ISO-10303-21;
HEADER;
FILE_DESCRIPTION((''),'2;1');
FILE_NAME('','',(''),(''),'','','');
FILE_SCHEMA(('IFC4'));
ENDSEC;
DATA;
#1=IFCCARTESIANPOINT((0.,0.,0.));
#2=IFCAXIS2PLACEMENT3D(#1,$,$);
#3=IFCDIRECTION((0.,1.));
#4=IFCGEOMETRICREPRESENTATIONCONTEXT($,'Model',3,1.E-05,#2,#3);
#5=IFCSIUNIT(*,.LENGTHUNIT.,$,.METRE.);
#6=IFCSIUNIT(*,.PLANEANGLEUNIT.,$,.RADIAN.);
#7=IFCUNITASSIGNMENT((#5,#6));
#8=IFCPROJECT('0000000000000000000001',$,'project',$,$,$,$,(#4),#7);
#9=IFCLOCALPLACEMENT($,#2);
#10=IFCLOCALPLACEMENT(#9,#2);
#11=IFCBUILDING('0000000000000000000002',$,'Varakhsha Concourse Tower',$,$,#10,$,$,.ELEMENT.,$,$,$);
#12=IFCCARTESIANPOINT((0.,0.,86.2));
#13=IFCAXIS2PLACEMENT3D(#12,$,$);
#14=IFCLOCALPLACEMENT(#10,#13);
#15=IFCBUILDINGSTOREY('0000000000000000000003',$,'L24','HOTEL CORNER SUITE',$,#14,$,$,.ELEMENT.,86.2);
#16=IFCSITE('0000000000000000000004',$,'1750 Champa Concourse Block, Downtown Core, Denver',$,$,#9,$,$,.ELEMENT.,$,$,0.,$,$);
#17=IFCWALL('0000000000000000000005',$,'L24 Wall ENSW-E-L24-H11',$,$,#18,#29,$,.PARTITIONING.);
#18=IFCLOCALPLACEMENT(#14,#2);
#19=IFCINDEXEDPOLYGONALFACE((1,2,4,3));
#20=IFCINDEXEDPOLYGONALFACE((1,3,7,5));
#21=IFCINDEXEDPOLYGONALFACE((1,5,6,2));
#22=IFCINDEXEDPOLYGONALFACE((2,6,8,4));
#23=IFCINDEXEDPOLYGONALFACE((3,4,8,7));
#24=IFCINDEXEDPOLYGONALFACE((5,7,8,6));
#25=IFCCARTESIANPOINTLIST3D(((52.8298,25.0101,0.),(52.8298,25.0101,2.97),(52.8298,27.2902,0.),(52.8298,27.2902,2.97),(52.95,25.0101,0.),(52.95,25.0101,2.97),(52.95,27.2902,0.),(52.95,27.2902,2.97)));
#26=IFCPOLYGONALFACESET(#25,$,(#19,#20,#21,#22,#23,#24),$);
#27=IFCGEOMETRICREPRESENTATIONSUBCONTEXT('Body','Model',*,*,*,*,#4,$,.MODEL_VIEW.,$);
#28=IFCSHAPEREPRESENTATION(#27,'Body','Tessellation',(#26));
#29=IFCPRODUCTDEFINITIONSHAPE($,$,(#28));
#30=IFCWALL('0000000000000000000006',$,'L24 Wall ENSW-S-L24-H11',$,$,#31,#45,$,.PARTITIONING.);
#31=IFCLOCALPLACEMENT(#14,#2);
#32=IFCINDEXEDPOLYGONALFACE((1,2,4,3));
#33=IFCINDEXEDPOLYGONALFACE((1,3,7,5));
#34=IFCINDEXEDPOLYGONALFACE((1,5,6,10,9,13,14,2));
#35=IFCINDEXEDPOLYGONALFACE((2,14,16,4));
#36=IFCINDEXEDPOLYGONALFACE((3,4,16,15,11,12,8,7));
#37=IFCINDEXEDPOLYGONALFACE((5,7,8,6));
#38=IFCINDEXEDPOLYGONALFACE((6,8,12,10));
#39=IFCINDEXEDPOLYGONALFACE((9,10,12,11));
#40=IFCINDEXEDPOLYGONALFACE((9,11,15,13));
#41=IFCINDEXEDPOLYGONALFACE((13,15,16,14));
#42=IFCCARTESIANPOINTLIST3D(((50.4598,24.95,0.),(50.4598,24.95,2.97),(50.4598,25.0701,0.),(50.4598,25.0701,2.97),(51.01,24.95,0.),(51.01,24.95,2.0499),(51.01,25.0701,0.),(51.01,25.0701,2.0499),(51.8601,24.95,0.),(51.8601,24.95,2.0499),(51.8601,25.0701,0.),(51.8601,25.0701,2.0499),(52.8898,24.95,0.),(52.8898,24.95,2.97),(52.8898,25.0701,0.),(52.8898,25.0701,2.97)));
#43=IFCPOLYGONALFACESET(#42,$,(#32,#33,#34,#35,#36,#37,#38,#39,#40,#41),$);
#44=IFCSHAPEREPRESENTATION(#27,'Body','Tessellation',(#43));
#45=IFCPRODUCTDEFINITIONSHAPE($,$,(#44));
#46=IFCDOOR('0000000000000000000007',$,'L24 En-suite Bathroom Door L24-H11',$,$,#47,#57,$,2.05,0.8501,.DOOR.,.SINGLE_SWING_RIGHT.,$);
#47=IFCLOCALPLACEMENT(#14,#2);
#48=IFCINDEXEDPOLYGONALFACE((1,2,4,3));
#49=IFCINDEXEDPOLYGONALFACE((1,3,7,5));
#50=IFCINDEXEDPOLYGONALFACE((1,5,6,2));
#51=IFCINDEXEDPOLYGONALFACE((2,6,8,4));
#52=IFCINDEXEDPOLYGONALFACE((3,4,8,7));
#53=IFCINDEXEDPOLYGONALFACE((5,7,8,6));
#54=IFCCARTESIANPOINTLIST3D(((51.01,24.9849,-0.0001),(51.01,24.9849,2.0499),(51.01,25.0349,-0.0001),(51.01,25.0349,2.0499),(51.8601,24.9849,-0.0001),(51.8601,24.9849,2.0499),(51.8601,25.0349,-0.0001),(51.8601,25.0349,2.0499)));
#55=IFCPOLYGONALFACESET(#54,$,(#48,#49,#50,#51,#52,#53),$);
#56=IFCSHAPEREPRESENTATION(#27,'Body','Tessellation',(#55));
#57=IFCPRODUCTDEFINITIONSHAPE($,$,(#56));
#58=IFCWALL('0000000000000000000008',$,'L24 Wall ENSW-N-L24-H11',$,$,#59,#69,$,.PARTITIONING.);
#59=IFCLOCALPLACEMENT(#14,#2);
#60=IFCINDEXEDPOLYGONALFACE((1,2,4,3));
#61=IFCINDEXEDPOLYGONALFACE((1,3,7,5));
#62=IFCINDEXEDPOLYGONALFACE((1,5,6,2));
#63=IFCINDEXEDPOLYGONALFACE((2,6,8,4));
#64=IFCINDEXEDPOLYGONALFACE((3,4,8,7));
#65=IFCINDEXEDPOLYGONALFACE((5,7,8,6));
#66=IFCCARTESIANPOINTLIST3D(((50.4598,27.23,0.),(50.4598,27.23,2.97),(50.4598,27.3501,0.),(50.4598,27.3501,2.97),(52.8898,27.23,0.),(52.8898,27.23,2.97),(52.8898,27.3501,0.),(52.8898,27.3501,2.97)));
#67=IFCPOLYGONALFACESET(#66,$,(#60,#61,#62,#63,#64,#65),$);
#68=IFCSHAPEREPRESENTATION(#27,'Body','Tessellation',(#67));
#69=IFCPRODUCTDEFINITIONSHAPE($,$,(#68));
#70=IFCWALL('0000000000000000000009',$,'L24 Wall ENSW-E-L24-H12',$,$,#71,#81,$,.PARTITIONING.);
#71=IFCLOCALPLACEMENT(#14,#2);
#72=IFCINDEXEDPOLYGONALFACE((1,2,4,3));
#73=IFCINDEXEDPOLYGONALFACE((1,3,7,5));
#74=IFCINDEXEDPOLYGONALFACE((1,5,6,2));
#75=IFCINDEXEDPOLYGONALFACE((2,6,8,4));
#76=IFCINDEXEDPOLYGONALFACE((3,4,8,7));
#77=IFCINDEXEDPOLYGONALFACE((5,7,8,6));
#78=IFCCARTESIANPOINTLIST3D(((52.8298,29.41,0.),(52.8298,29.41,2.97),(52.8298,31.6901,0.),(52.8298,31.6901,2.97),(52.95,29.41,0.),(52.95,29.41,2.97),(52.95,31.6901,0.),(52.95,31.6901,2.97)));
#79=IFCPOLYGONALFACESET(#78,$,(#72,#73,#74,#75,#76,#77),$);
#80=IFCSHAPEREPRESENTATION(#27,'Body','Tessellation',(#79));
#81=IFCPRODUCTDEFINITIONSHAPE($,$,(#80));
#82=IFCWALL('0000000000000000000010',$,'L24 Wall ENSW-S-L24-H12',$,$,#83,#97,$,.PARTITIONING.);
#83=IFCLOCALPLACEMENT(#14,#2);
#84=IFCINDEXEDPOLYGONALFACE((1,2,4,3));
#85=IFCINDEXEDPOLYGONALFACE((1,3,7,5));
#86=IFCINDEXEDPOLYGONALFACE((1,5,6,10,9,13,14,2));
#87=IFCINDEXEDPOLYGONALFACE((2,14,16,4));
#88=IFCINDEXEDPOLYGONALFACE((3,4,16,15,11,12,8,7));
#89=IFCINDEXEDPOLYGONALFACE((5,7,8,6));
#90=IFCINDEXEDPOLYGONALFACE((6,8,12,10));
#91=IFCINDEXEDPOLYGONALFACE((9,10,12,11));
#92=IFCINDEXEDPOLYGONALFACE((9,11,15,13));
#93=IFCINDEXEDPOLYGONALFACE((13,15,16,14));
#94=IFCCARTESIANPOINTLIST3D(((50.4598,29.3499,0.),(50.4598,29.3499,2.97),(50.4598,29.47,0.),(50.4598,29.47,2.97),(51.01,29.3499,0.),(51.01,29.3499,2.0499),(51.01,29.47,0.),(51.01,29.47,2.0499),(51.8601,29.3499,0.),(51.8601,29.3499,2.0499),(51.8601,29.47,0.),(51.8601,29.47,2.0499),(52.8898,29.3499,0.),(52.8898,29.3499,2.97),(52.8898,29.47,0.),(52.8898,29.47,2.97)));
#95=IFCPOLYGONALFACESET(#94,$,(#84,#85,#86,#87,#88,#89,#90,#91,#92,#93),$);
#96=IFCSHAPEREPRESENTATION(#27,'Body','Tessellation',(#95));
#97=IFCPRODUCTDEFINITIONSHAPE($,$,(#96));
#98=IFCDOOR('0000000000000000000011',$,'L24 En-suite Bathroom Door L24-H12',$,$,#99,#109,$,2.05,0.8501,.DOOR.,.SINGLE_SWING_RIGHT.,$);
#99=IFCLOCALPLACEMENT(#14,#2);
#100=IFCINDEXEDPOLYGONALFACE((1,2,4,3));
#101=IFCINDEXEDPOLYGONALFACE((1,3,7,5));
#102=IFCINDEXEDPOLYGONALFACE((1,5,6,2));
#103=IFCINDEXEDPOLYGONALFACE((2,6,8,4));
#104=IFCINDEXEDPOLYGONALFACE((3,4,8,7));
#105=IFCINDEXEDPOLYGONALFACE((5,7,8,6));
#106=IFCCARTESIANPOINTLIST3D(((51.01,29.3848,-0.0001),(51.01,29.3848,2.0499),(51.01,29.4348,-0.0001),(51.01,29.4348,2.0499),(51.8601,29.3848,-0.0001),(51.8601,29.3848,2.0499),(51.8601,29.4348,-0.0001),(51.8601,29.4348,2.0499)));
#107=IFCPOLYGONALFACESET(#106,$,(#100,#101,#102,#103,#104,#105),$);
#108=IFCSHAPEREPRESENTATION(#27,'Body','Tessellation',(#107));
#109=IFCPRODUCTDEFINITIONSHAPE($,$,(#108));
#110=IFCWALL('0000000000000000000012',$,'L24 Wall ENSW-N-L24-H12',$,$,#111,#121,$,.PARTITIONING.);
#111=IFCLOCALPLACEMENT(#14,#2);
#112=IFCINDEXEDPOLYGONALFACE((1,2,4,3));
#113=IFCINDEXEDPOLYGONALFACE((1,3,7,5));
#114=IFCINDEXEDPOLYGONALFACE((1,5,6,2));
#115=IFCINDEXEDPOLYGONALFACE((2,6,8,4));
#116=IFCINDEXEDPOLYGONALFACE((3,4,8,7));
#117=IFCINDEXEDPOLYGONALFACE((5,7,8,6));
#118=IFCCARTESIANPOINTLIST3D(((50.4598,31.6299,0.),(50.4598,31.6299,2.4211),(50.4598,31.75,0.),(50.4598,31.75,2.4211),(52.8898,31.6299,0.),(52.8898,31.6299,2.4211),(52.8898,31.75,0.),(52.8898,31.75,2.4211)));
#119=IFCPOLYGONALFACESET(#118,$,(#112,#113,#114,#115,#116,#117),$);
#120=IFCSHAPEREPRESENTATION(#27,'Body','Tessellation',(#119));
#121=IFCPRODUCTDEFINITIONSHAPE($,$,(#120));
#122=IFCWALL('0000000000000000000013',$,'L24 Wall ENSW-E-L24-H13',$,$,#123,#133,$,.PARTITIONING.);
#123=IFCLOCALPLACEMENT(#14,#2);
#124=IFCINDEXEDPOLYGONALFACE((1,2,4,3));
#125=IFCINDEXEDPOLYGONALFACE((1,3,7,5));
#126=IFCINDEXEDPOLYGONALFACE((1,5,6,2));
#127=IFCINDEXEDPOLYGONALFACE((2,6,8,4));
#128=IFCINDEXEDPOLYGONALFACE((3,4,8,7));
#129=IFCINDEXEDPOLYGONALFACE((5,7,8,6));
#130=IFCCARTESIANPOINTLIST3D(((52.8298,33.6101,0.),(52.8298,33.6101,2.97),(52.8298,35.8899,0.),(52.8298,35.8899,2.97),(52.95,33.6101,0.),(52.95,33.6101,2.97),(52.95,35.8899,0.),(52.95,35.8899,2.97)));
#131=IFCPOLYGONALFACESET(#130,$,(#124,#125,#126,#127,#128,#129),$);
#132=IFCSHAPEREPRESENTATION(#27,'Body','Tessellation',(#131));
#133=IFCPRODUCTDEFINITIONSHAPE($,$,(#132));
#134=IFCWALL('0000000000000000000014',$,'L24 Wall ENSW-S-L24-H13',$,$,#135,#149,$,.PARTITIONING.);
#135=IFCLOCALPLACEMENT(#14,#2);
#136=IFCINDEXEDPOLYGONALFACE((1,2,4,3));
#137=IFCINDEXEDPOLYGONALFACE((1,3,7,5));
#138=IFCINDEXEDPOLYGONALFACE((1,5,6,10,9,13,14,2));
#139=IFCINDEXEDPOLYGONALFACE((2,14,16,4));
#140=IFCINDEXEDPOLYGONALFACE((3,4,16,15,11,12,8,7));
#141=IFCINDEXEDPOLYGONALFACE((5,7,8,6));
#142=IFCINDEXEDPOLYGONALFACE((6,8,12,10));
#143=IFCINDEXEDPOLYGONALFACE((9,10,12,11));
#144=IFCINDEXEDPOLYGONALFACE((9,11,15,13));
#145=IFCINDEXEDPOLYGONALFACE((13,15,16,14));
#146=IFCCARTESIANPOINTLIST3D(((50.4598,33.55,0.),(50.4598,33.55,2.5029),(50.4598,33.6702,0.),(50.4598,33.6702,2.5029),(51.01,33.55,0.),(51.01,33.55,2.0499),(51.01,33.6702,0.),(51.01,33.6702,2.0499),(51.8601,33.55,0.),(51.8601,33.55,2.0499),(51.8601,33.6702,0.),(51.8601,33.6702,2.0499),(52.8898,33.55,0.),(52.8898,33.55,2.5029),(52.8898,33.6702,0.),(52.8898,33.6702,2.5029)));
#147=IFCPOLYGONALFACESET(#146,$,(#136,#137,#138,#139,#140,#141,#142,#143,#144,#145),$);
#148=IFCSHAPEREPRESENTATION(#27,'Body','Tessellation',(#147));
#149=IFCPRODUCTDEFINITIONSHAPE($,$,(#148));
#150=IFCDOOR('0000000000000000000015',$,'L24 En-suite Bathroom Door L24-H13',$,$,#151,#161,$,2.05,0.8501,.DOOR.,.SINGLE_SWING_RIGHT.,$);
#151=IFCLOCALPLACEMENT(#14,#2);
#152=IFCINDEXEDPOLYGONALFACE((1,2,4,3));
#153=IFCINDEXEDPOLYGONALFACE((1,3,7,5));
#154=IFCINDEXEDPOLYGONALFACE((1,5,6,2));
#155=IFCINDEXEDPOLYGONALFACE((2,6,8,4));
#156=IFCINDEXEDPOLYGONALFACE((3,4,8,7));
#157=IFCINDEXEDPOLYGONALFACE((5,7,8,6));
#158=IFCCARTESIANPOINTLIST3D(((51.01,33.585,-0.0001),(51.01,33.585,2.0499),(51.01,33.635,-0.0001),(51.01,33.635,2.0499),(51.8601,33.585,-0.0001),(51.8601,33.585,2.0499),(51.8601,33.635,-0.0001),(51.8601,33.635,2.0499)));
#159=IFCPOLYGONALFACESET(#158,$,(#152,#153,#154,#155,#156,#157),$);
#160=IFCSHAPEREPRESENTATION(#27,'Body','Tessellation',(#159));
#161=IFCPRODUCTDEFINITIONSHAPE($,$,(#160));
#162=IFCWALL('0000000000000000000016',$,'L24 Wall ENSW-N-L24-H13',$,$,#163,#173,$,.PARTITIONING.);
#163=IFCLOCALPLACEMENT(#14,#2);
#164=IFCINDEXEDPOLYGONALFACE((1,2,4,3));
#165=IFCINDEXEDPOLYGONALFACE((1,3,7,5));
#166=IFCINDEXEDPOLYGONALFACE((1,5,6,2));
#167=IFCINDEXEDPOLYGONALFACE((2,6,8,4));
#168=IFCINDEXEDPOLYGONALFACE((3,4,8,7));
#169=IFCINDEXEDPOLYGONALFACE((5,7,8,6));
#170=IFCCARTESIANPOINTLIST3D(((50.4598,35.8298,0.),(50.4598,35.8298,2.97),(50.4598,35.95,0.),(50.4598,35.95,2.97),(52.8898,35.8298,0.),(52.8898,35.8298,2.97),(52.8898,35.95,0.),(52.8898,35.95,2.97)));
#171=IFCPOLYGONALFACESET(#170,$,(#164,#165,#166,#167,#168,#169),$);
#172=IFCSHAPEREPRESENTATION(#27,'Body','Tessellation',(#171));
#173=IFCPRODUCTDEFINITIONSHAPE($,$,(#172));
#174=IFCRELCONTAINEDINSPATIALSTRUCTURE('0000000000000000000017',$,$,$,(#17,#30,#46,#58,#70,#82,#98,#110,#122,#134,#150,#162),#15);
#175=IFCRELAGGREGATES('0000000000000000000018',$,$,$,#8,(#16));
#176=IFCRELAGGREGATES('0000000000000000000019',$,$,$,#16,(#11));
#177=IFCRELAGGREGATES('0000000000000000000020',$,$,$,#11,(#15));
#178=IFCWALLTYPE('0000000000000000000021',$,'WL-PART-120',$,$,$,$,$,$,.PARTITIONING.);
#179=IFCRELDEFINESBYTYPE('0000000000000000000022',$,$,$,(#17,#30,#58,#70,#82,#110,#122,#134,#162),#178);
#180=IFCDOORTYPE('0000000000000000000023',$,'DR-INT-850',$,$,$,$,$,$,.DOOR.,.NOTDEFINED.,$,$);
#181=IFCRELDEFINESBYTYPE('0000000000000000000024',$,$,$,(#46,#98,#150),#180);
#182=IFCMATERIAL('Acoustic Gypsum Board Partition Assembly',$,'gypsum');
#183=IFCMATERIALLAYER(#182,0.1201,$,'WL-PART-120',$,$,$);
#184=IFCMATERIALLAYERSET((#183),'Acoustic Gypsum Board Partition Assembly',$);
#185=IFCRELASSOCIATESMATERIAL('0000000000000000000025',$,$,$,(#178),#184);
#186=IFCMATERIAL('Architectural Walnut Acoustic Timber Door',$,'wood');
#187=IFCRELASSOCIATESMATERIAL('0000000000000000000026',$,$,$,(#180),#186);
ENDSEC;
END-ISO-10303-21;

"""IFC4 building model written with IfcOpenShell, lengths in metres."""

from ifc_helpers import new_model, si_unit, direction, frame, frame_2d, origin, place, context, subcontext, project, spatial, rectangle, extrude, material, layer, layer_set, type_object, element, fill, save


model = new_model("IFC4")

# Units and contexts
model_context = context("Model", 3, precision=1e-05, world=origin(), true_north=direction((0.0, 1.0)))
body_context = subcontext(model_context, "Body", "Model", "MODEL_VIEW")
ifc_project = project(units=[si_unit("LENGTHUNIT", "METRE"), si_unit("PLANEANGLEUNIT", "RADIAN")], contexts=[model_context])

# Site, building, storey
site_placement = place(None, origin())
site = spatial("IfcSite", under=ifc_project, at=site_placement, Name="1750 Champa Concourse Block, Downtown Core, Denver", CompositionType="ELEMENT", RefElevation=0.0)
building_placement = place(site_placement, origin())
building = spatial("IfcBuilding", under=site, at=building_placement, Name="Varakhsha Concourse Tower", CompositionType="ELEMENT")
storey_placement = place(building_placement, frame((0.0, 0.0, 86.2)))
storey = spatial("IfcBuildingStorey", under=building, at=storey_placement, Name="L24", Description="HOTEL CORNER SUITE", CompositionType="ELEMENT", Elevation=86.2)

# Wall
ifc_material_1 = material(Name="Acoustic Gypsum Board Partition Assembly", Category="gypsum")
ifc_layer_1 = layer(ifc_material_1, 0.1201, Name="WL-PART-120")
ifc_layer_set_1 = layer_set([ifc_layer_1], Name="Acoustic Gypsum Board Partition Assembly")
wall_type_1 = type_object("IfcWallType", Name="WL-PART-120", PredefinedType="PARTITIONING", material=ifc_layer_set_1)
wall_1_placement = place(storey_placement, frame((52.8899, 25.01, 0.0), z_axis=(0.0, 0.0, 1.0), x_axis=(0.0, 1.0, 0.0)))
element("IfcWall", 1, at=wall_1_placement, inside=storey, type_object=wall_type_1, Name="L24 Wall ENSW-E-L24-H11", PredefinedType="PARTITIONING", context=body_context, shape_type="SweptSolid", body=[
    extrude(rectangle(XDim=2.28, YDim=0.1201, at=frame_2d((1.1401, 0.0))), origin(), (0.0, 0.0, 1.0), 2.97),
])

# Wall, opening, door
wall_2_placement = place(storey_placement, frame((50.46, 25.01, 0.0), z_axis=(0.0, 0.0, 1.0), x_axis=(1.0, 0.0, 0.0)))
wall_2 = element("IfcWall", 2, at=wall_2_placement, inside=storey, type_object=wall_type_1, Name="L24 Wall ENSW-S-L24-H11", PredefinedType="PARTITIONING", context=body_context, shape_type="SweptSolid", body=[
    extrude(rectangle(XDim=2.4299, YDim=0.1201, at=frame_2d((1.2148, 0.0))), origin(), (0.0, 0.0, 1.0), 2.97),
])
opening_1_placement = place(wall_2_placement, frame((0.55, 0.0, 0.0)))
opening_1 = element("IfcOpeningElement", 3, at=opening_1_placement, cuts=wall_2, PredefinedType="OPENING", context=body_context, shape_type="SweptSolid", body=[
    extrude(rectangle(XDim=0.8501, YDim=2.05, at=frame_2d((0.425, 1.0249))), frame((0.0, 0.0701, 0.0), z_axis=(0.0, -1.0, 0.0), x_axis=(1.0, 0.0, 0.0)), (0.0, 0.0, 1.0), 0.1401),
])
ifc_material_2 = material(Name="Architectural Walnut Acoustic Timber Door", Category="wood")
door_type = type_object("IfcDoorType", Name="DR-INT-850", OperationType="NOTDEFINED", PredefinedType="DOOR", material=ifc_material_2)
door_1_placement = place(opening_1_placement, origin())
door_1 = element("IfcDoor", 4, at=door_1_placement, inside=storey, type_object=door_type, Name="L24 En-suite Bathroom Door L24-H11", OperationType="SINGLE_SWING_RIGHT", OverallHeight=2.05, OverallWidth=0.8501, PredefinedType="DOOR", context=body_context, shape_type="SweptSolid", body=[
    extrude(rectangle(XDim=0.8501, YDim=2.05, at=frame_2d((0.425, 1.0249))), frame((0.0, 0.0249, 0.0), z_axis=(0.0, -1.0, 0.0), x_axis=(1.0, 0.0, 0.0)), (0.0, 0.0, 1.0), 0.05),
])
fill(opening_1, door_1)

# Walls
wall_3_placement = place(storey_placement, frame((50.46, 27.29, 0.0), z_axis=(0.0, 0.0, 1.0), x_axis=(1.0, 0.0, 0.0)))
element("IfcWall", 5, at=wall_3_placement, inside=storey, type_object=wall_type_1, Name="L24 Wall ENSW-N-L24-H11", PredefinedType="PARTITIONING", context=body_context, shape_type="SweptSolid", body=[
    extrude(rectangle(XDim=2.4299, YDim=0.1201, at=frame_2d((1.2148, 0.0))), origin(), (0.0, 0.0, 1.0), 2.97),
])
wall_4_placement = place(storey_placement, frame((52.8899, 29.4099, 0.0), z_axis=(0.0, 0.0, 1.0), x_axis=(0.0, 1.0, 0.0)))
element("IfcWall", 6, at=wall_4_placement, inside=storey, type_object=wall_type_1, Name="L24 Wall ENSW-E-L24-H12", PredefinedType="PARTITIONING", context=body_context, shape_type="SweptSolid", body=[
    extrude(rectangle(XDim=2.28, YDim=0.1201, at=frame_2d((1.1401, 0.0))), origin(), (0.0, 0.0, 1.0), 2.97),
])

# Wall, opening, door
wall_5_placement = place(storey_placement, frame((50.46, 29.4099, 0.0), z_axis=(0.0, 0.0, 1.0), x_axis=(1.0, 0.0, 0.0)))
wall_5 = element("IfcWall", 7, at=wall_5_placement, inside=storey, type_object=wall_type_1, Name="L24 Wall ENSW-S-L24-H12", PredefinedType="PARTITIONING", context=body_context, shape_type="SweptSolid", body=[
    extrude(rectangle(XDim=2.4299, YDim=0.1201, at=frame_2d((1.2148, 0.0))), origin(), (0.0, 0.0, 1.0), 2.97),
])
opening_2_placement = place(wall_5_placement, frame((0.55, 0.0, 0.0)))
opening_2 = element("IfcOpeningElement", 8, at=opening_2_placement, cuts=wall_5, PredefinedType="OPENING", context=body_context, shape_type="SweptSolid", body=[
    extrude(rectangle(XDim=0.8501, YDim=2.05, at=frame_2d((0.425, 1.0249))), frame((0.0, 0.0701, 0.0), z_axis=(0.0, -1.0, 0.0), x_axis=(1.0, 0.0, 0.0)), (0.0, 0.0, 1.0), 0.1401),
])
door_2_placement = place(opening_2_placement, origin())
door_2 = element("IfcDoor", 9, at=door_2_placement, inside=storey, type_object=door_type, Name="L24 En-suite Bathroom Door L24-H12", OperationType="SINGLE_SWING_RIGHT", OverallHeight=2.05, OverallWidth=0.8501, PredefinedType="DOOR", context=body_context, shape_type="SweptSolid", body=[
    extrude(rectangle(XDim=0.8501, YDim=2.05, at=frame_2d((0.425, 1.0249))), frame((0.0, 0.0249, 0.0), z_axis=(0.0, -1.0, 0.0), x_axis=(1.0, 0.0, 0.0)), (0.0, 0.0, 1.0), 0.05),
])
fill(opening_2, door_2)

# Walls
wall_6_placement = place(storey_placement, frame((50.46, 31.6899, 0.0), z_axis=(0.0, 0.0, 1.0), x_axis=(1.0, 0.0, 0.0)))
element("IfcWall", 10, at=wall_6_placement, inside=storey, type_object=wall_type_1, Name="L24 Wall ENSW-N-L24-H12", PredefinedType="PARTITIONING", context=body_context, shape_type="SweptSolid", body=[
    extrude(rectangle(XDim=2.4299, YDim=0.1201, at=frame_2d((1.2148, 0.0))), origin(), (0.0, 0.0, 1.0), 2.4211),
])
wall_7_placement = place(storey_placement, frame((52.8899, 33.6101, 0.0), z_axis=(0.0, 0.0, 1.0), x_axis=(0.0, 1.0, 0.0)))
element("IfcWall", 11, at=wall_7_placement, inside=storey, type_object=wall_type_1, Name="L24 Wall ENSW-E-L24-H13", PredefinedType="PARTITIONING", context=body_context, shape_type="SweptSolid", body=[
    extrude(rectangle(XDim=2.2798, YDim=0.1201, at=frame_2d((1.1399, 0.0))), origin(), (0.0, 0.0, 1.0), 2.97),
])

# Wall, opening, door
wall_8_placement = place(storey_placement, frame((50.46, 33.6101, 0.0), z_axis=(0.0, 0.0, 1.0), x_axis=(1.0, 0.0, 0.0)))
wall_8 = element("IfcWall", 12, at=wall_8_placement, inside=storey, type_object=wall_type_1, Name="L24 Wall ENSW-S-L24-H13", PredefinedType="PARTITIONING", context=body_context, shape_type="SweptSolid", body=[
    extrude(rectangle(XDim=2.4299, YDim=0.1201, at=frame_2d((1.2148, 0.0))), origin(), (0.0, 0.0, 1.0), 2.5029),
])
opening_3_placement = place(wall_8_placement, frame((0.55, 0.0, 0.0)))
opening_3 = element("IfcOpeningElement", 13, at=opening_3_placement, cuts=wall_8, PredefinedType="OPENING", context=body_context, shape_type="SweptSolid", body=[
    extrude(rectangle(XDim=0.8501, YDim=2.05, at=frame_2d((0.425, 1.0249))), frame((0.0, 0.0701, 0.0), z_axis=(0.0, -1.0, 0.0), x_axis=(1.0, 0.0, 0.0)), (0.0, 0.0, 1.0), 0.1401),
])
door_3_placement = place(opening_3_placement, origin())
door_3 = element("IfcDoor", 14, at=door_3_placement, inside=storey, type_object=door_type, Name="L24 En-suite Bathroom Door L24-H13", OperationType="SINGLE_SWING_RIGHT", OverallHeight=2.05, OverallWidth=0.8501, PredefinedType="DOOR", context=body_context, shape_type="SweptSolid", body=[
    extrude(rectangle(XDim=0.8501, YDim=2.05, at=frame_2d((0.425, 1.0249))), frame((0.0, 0.0249, 0.0), z_axis=(0.0, -1.0, 0.0), x_axis=(1.0, 0.0, 0.0)), (0.0, 0.0, 1.0), 0.05),
])
fill(opening_3, door_3)

# Wall
wall_9_placement = place(storey_placement, frame((50.46, 35.8899, 0.0), z_axis=(0.0, 0.0, 1.0), x_axis=(1.0, 0.0, 0.0)))
element("IfcWall", 15, at=wall_9_placement, inside=storey, type_object=wall_type_1, Name="L24 Wall ENSW-N-L24-H13", PredefinedType="PARTITIONING", context=body_context, shape_type="SweptSolid", body=[
    extrude(rectangle(XDim=2.4299, YDim=0.1201, at=frame_2d((1.2148, 0.0))), origin(), (0.0, 0.0, 1.0), 2.97),
])

save(model, "model.ifc")
